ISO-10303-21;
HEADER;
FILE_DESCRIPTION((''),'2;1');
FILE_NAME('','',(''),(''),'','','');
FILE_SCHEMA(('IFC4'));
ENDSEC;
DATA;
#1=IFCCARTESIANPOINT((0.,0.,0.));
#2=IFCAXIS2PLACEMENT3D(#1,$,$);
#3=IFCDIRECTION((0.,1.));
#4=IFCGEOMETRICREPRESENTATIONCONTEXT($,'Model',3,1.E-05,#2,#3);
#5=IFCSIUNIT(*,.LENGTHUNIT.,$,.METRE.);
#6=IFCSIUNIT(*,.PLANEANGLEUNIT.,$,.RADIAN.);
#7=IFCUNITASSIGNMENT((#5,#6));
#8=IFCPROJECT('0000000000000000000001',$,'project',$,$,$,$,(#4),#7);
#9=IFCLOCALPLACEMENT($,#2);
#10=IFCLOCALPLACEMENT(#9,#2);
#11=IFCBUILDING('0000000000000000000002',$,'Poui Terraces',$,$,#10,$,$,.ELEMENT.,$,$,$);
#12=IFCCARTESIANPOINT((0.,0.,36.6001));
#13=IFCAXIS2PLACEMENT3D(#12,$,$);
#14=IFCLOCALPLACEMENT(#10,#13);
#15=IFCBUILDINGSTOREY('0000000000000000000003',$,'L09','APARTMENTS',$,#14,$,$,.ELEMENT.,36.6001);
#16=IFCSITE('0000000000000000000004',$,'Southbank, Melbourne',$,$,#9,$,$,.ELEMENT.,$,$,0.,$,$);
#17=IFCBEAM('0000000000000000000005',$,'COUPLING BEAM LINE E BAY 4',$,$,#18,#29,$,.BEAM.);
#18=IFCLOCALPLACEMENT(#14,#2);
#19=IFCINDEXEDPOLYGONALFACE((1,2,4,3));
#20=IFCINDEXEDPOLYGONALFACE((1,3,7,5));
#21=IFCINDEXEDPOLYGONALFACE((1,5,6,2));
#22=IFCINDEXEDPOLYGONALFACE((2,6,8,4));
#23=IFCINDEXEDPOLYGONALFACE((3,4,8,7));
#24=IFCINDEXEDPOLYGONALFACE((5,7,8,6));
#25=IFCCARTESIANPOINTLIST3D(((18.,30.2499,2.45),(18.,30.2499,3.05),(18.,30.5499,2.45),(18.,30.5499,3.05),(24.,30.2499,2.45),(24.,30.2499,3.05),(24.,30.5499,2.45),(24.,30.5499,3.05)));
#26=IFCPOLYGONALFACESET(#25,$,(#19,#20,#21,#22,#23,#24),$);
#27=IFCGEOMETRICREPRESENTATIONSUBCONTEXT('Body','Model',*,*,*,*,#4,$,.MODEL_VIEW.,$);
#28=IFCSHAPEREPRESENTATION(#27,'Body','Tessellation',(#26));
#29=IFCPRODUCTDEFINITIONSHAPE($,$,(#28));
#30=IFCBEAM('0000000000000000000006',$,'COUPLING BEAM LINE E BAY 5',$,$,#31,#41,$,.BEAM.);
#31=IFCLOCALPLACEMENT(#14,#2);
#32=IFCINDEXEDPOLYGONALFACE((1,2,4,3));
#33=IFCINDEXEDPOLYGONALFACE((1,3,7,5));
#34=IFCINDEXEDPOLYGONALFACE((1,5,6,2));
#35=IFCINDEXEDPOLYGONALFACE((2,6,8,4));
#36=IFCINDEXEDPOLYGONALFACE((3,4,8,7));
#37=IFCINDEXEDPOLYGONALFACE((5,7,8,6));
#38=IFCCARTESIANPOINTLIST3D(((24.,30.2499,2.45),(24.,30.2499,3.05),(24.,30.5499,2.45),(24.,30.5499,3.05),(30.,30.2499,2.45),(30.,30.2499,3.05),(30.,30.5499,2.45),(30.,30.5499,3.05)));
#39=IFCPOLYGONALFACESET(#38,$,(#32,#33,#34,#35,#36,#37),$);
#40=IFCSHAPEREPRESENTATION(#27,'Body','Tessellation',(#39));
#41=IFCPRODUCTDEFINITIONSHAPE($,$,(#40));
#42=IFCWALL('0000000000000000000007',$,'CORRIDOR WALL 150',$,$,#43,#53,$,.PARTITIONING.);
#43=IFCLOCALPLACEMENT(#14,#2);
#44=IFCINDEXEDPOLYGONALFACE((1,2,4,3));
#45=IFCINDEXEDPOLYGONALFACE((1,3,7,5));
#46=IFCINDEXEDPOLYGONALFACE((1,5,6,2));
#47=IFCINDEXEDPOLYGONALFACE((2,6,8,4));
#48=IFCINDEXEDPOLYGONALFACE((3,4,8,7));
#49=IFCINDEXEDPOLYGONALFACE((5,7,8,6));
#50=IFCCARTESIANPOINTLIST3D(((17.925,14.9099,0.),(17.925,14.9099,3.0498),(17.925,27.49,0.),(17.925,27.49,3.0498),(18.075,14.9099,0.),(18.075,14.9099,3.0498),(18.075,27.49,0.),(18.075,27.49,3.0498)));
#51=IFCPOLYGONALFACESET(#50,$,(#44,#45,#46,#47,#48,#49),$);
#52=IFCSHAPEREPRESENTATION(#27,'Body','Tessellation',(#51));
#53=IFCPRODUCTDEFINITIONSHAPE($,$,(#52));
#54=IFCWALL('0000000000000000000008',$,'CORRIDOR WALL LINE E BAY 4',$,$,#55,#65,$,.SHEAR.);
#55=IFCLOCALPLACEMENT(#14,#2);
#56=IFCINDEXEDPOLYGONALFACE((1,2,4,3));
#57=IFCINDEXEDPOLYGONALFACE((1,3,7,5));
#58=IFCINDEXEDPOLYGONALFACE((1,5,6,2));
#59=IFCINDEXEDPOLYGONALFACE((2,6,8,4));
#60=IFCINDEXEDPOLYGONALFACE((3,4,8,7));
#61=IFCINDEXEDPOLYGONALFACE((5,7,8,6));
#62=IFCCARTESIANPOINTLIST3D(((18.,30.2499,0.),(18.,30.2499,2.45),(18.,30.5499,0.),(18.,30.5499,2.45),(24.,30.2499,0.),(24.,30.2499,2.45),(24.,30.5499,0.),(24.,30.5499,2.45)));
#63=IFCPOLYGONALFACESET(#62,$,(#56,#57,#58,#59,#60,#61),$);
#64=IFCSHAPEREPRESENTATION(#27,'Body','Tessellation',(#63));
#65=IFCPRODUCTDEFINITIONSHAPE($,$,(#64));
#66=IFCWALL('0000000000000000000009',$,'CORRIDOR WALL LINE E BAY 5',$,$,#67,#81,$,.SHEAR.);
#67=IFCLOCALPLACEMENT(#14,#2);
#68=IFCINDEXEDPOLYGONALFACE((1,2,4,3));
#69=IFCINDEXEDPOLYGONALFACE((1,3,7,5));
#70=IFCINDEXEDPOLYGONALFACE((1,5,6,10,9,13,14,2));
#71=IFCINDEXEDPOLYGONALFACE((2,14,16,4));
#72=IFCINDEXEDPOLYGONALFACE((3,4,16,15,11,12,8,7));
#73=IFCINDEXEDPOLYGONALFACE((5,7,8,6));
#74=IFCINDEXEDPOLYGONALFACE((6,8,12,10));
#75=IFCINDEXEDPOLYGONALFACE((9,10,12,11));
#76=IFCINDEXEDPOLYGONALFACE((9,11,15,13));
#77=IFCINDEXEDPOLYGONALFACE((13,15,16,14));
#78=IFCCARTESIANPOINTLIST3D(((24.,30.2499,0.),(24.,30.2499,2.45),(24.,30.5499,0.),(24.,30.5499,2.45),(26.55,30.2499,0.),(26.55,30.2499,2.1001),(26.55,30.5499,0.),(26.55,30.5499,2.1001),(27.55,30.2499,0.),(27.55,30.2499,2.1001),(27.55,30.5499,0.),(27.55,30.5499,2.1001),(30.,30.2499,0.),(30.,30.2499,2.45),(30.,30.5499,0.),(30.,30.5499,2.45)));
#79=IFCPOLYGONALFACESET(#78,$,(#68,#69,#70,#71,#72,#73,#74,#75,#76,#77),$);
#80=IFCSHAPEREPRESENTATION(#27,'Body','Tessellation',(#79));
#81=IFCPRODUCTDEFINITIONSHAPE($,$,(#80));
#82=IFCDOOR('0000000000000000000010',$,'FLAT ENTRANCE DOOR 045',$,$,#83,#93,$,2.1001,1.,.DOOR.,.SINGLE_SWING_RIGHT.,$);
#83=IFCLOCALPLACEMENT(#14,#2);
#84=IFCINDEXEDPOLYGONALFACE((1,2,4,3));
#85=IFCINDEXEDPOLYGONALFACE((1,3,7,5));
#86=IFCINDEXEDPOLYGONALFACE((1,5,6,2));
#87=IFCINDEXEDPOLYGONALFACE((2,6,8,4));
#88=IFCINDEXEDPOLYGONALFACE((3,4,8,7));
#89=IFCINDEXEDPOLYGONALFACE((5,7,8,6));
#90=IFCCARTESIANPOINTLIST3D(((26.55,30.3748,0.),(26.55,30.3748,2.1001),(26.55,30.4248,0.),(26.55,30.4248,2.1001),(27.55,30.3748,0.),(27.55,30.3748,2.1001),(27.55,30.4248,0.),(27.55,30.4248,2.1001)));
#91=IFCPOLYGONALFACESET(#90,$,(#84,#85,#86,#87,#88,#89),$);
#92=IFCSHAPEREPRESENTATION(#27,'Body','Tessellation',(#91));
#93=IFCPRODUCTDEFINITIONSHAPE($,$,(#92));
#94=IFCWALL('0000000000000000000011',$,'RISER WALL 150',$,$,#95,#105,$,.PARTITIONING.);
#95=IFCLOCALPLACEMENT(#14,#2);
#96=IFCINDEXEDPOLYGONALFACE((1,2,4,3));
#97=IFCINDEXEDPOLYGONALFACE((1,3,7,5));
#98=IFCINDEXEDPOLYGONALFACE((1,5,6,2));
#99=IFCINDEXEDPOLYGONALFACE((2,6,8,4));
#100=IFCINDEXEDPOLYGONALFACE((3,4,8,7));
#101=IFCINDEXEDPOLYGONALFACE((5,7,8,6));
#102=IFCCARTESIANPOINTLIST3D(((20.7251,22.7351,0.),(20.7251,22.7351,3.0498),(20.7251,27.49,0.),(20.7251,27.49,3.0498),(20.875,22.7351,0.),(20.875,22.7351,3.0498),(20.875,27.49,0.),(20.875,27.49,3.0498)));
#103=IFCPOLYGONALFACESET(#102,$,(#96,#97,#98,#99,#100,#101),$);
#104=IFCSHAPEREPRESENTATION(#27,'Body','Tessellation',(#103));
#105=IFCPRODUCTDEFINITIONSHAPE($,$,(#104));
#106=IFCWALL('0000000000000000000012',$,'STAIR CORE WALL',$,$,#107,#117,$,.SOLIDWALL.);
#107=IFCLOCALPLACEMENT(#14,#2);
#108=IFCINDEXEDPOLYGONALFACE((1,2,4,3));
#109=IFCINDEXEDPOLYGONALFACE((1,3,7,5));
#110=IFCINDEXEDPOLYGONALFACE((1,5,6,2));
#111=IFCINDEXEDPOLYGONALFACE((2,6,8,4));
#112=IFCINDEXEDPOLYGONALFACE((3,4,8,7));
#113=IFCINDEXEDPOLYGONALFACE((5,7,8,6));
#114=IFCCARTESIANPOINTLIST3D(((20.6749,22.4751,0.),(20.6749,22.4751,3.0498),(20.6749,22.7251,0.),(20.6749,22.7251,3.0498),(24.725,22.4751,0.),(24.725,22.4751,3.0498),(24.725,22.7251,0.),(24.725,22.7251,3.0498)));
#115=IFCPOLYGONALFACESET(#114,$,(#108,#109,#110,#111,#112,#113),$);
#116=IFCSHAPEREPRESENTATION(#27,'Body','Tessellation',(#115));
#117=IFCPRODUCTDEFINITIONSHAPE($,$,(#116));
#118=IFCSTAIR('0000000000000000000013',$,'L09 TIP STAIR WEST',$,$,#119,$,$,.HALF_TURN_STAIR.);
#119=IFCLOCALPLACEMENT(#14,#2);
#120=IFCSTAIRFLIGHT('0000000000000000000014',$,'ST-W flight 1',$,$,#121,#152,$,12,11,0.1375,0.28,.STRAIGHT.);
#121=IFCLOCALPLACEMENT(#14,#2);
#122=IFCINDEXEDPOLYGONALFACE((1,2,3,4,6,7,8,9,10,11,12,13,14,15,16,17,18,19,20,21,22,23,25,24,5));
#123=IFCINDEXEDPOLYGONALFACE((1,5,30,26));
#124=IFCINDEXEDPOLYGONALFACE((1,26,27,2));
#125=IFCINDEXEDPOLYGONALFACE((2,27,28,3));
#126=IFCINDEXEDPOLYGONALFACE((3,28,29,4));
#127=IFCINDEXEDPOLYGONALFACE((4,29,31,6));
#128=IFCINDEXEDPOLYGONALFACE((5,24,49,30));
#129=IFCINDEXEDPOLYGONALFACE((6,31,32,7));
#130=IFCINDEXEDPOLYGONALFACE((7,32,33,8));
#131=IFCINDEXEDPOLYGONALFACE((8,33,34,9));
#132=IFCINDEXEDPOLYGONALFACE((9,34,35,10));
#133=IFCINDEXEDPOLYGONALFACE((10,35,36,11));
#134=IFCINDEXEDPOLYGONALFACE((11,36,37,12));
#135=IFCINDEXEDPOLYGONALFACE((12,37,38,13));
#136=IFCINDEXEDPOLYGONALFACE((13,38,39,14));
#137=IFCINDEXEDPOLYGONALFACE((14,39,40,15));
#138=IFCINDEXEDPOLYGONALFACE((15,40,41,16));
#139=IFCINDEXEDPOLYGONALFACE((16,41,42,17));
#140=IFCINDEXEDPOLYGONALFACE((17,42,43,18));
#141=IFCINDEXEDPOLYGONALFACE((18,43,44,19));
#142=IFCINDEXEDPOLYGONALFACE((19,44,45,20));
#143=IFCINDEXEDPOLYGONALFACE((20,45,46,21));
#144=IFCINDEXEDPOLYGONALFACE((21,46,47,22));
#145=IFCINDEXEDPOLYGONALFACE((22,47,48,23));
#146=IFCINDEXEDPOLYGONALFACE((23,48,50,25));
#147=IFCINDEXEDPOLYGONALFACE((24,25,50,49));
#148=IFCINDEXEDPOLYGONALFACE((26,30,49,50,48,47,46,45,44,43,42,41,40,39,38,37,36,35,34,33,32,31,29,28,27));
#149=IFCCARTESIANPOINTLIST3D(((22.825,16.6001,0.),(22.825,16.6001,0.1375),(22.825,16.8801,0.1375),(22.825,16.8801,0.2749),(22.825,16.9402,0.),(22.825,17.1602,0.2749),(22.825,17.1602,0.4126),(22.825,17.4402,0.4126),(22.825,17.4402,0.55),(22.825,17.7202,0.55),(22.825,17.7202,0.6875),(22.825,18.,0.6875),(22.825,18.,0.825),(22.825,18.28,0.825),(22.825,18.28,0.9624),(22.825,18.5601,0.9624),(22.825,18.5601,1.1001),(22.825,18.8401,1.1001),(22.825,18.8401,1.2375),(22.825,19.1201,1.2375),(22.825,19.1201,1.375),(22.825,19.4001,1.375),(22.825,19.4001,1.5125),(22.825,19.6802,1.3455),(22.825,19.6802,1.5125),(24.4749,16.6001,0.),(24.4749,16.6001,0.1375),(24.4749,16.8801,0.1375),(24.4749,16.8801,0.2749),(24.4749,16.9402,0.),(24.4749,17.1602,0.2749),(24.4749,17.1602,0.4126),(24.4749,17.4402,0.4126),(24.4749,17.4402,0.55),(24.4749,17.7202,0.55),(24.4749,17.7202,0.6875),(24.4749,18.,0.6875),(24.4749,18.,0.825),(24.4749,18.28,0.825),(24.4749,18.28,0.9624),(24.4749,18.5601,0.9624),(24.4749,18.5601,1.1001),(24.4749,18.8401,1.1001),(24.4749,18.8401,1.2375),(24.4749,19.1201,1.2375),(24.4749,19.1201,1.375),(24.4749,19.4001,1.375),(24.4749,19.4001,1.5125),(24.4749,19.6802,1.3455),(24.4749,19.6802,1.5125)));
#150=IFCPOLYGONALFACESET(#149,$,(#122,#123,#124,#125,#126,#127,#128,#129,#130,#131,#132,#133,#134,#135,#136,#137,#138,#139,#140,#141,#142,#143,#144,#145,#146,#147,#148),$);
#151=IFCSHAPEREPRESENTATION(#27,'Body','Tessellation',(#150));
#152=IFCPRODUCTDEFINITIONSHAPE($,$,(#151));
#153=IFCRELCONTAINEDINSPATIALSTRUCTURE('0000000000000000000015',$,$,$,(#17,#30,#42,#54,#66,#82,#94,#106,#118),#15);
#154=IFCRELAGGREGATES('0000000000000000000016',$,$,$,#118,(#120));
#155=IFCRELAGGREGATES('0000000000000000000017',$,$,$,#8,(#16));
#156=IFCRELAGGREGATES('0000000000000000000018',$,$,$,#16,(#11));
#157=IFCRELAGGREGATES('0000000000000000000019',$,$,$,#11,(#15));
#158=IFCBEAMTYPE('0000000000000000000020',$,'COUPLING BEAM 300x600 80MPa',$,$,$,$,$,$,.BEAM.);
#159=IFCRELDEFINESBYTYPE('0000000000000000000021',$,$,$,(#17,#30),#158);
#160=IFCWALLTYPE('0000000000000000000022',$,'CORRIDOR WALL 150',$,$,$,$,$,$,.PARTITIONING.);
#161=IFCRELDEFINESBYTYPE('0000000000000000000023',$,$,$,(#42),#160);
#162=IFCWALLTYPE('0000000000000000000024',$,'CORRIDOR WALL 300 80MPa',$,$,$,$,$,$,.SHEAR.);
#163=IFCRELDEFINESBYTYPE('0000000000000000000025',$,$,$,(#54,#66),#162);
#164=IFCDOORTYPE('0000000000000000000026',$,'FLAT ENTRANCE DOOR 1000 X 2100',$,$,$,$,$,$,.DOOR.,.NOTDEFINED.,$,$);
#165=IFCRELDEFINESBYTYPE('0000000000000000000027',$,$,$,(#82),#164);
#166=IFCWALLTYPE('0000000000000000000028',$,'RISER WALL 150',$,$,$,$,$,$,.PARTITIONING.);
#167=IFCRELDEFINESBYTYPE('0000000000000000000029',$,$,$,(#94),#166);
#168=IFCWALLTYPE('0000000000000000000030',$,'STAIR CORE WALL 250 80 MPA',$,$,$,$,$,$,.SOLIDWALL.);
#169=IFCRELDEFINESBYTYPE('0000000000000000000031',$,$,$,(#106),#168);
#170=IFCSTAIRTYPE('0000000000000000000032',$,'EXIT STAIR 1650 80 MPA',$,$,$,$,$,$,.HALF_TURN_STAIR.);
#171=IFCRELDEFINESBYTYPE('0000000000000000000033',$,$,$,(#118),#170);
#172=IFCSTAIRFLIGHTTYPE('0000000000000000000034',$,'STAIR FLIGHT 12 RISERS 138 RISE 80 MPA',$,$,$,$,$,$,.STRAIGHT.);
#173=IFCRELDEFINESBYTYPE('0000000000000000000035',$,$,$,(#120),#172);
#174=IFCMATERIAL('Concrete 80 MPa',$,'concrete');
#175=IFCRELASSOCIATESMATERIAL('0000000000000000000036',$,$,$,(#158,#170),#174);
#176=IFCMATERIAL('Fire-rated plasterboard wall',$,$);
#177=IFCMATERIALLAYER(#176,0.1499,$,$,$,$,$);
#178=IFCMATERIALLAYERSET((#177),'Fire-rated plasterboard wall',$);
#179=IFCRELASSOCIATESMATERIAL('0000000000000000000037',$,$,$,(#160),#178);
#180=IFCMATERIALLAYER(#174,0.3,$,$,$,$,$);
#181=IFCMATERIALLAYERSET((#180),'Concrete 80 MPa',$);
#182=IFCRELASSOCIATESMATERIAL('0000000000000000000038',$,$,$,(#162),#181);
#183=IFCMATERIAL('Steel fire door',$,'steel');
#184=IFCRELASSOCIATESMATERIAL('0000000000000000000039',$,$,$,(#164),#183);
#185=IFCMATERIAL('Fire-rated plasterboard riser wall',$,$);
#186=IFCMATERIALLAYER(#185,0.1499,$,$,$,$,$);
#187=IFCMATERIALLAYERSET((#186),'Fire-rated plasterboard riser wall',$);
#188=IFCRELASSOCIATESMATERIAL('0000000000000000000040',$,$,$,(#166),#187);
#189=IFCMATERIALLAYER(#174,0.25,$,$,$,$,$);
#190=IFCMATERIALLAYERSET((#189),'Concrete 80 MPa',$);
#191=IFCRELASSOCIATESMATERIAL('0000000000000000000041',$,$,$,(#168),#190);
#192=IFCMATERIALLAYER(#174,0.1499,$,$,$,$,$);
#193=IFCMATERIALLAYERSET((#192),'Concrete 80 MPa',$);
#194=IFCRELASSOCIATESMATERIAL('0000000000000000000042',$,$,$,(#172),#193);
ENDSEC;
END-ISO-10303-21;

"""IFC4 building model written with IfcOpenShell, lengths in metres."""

from ifc_helpers import new_model, si_unit, direction, frame, frame_2d, origin, origin_2d, place, context, subcontext, project, spatial, polyline, rectangle, outline, extrude, source, transform, mapped, material, layer, layer_set, material_profile, profile_set, type_object, element, fill, aggregate, save


model = new_model("IFC4")

# Units and contexts
model_context = context("Model", 3, precision=1e-05, world=origin(), true_north=direction((0.0, 1.0)))
body_context = subcontext(model_context, "Body", "Model", "MODEL_VIEW")
ifc_project = project(units=[si_unit("LENGTHUNIT", "METRE"), si_unit("PLANEANGLEUNIT", "RADIAN")], contexts=[model_context])

# Site, building, storey
site_placement = place(None, origin())
site = spatial("IfcSite", under=ifc_project, at=site_placement, Name="Southbank, Melbourne", CompositionType="ELEMENT", RefElevation=0.0)
building_placement = place(site_placement, origin())
building = spatial("IfcBuilding", under=site, at=building_placement, Name="Poui Terraces", CompositionType="ELEMENT")
storey_placement = place(building_placement, frame((0.0, 0.0, 36.6001)))
storey = spatial("IfcBuildingStorey", under=building, at=storey_placement, Name="L09", Description="APARTMENTS", CompositionType="ELEMENT", Elevation=36.6001)

# Beams
ifc_material_1 = material(Name="Concrete 80 MPa", Category="concrete")
ifc_material_profile = material_profile(ifc_material_1, rectangle(XDim=0.3, YDim=0.6001, at=origin_2d()), Name="RC 300x600")
ifc_profile_set = profile_set([ifc_material_profile], Name="Concrete 80 MPa")
beam_type = type_object("IfcBeamType", Name="COUPLING BEAM 300x600 80MPa", PredefinedType="BEAM", material=ifc_profile_set)
shared_shape = source(origin(), body_context, "Body", "SweptSolid", [
    extrude(rectangle(XDim=0.3, YDim=0.6001, at=origin_2d()), origin(), (0.0, 0.0, 1.0), 6.0),
])
for number, where, z_axis, x_axis, name in (
    (1, (18.0, 30.3999, 2.75), (1.0, 0.0, 0.0), (0.0, 1.0, 0.0), "COUPLING BEAM LINE E BAY 4"),
    (2, (24.0, 30.3999, 2.75), (1.0, 0.0, 0.0), (0.0, 1.0, 0.0), "COUPLING BEAM LINE E BAY 5"),
):
    element("IfcBeam", number, at=place(storey_placement, frame(where, z_axis=z_axis, x_axis=x_axis)), inside=storey, type_object=beam_type, Name=name, PredefinedType="BEAM", context=body_context, shape_type="MappedRepresentation", body=[
        mapped(shared_shape, transform((0.0, 0.0, 0.0))),
    ])

# Walls
ifc_material_2 = material(Name="Fire-rated plasterboard wall")
ifc_layer_1 = layer(ifc_material_2, 0.1499)
ifc_layer_set_1 = layer_set([ifc_layer_1], Name="Fire-rated plasterboard wall")
wall_type_1 = type_object("IfcWallType", Name="CORRIDOR WALL 150", PredefinedType="PARTITIONING", material=ifc_layer_set_1)
wall_1_placement = place(storey_placement, frame((18.0, 14.9099, 0.0), z_axis=(0.0, 0.0, 1.0), x_axis=(0.0, 1.0, 0.0)))
element("IfcWall", 3, at=wall_1_placement, inside=storey, type_object=wall_type_1, Name="CORRIDOR WALL 150", PredefinedType="PARTITIONING", context=body_context, shape_type="SweptSolid", body=[
    extrude(rectangle(XDim=12.5801, YDim=0.1499, at=frame_2d((6.29, 0.0))), origin(), (0.0, 0.0, 1.0), 3.0498),
])
ifc_layer_2 = layer(ifc_material_1, 0.3)
ifc_layer_set_2 = layer_set([ifc_layer_2], Name="Concrete 80 MPa")
wall_type_2 = type_object("IfcWallType", Name="CORRIDOR WALL 300 80MPa", PredefinedType="SHEAR", material=ifc_layer_set_2)
wall_2_placement = place(storey_placement, frame((18.0, 30.3999, 0.0), z_axis=(0.0, 0.0, 1.0), x_axis=(1.0, 0.0, 0.0)))
element("IfcWall", 4, at=wall_2_placement, inside=storey, type_object=wall_type_2, Name="CORRIDOR WALL LINE E BAY 4", PredefinedType="SHEAR", context=body_context, shape_type="SweptSolid", body=[
    extrude(rectangle(XDim=6.0, YDim=0.3, at=frame_2d((3.0, 0.0))), origin(), (0.0, 0.0, 1.0), 2.45),
])

# Wall, opening, door
wall_3_placement = place(storey_placement, frame((24.0, 30.3999, 0.0), z_axis=(0.0, 0.0, 1.0), x_axis=(1.0, 0.0, 0.0)))
wall_3 = element("IfcWall", 5, at=wall_3_placement, inside=storey, type_object=wall_type_2, Name="CORRIDOR WALL LINE E BAY 5", PredefinedType="SHEAR", context=body_context, shape_type="SweptSolid", body=[
    extrude(rectangle(XDim=6.0, YDim=0.3, at=frame_2d((3.0, 0.0))), origin(), (0.0, 0.0, 1.0), 2.45),
])
opening_placement = place(wall_3_placement, frame((2.55, 0.0, 0.0)))
opening = element("IfcOpeningElement", 6, at=opening_placement, cuts=wall_3, PredefinedType="OPENING", context=body_context, shape_type="SweptSolid", body=[
    extrude(rectangle(XDim=1.0, YDim=2.1001, at=frame_2d((0.5, 1.05))), frame((0.0, 0.1602, 0.0), z_axis=(0.0, -1.0, 0.0), x_axis=(1.0, 0.0, 0.0)), (0.0, 0.0, 1.0), 0.3201),
])
ifc_material_3 = material(Name="Steel fire door", Category="steel")
door_type = type_object("IfcDoorType", Name="FLAT ENTRANCE DOOR 1000 X 2100", OperationType="NOTDEFINED", PredefinedType="DOOR", material=ifc_material_3)
door_placement = place(opening_placement, origin())
door = element("IfcDoor", 7, at=door_placement, inside=storey, type_object=door_type, Name="FLAT ENTRANCE DOOR 045", OperationType="SINGLE_SWING_RIGHT", OverallHeight=2.1001, OverallWidth=1.0, PredefinedType="DOOR", context=body_context, shape_type="SweptSolid", body=[
    extrude(rectangle(XDim=1.0, YDim=2.1001, at=frame_2d((0.5, 1.05))), frame((0.0, 0.0249, 0.0), z_axis=(0.0, -1.0, 0.0), x_axis=(1.0, 0.0, 0.0)), (0.0, 0.0, 1.0), 0.05),
])
fill(opening, door)

# Walls
ifc_material_4 = material(Name="Fire-rated plasterboard riser wall")
ifc_layer_3 = layer(ifc_material_4, 0.1499)
ifc_layer_set_3 = layer_set([ifc_layer_3], Name="Fire-rated plasterboard riser wall")
wall_type_3 = type_object("IfcWallType", Name="RISER WALL 150", PredefinedType="PARTITIONING", material=ifc_layer_set_3)
wall_4_placement = place(storey_placement, frame((20.8, 22.7351, 0.0), z_axis=(0.0, 0.0, 1.0), x_axis=(0.0, 1.0, 0.0)))
element("IfcWall", 8, at=wall_4_placement, inside=storey, type_object=wall_type_3, Name="RISER WALL 150", PredefinedType="PARTITIONING", context=body_context, shape_type="SweptSolid", body=[
    extrude(rectangle(XDim=4.7549, YDim=0.1499, at=frame_2d((2.3774, 0.0))), origin(), (0.0, 0.0, 1.0), 3.0498),
])
ifc_layer_4 = layer(ifc_material_1, 0.25)
ifc_layer_set_4 = layer_set([ifc_layer_4], Name="Concrete 80 MPa")
wall_type_4 = type_object("IfcWallType", Name="STAIR CORE WALL 250 80 MPA", PredefinedType="SOLIDWALL", material=ifc_layer_set_4)
wall_5_placement = place(storey_placement, frame((20.675, 22.6001, 0.0), z_axis=(0.0, 0.0, 1.0), x_axis=(1.0, 0.0, 0.0)))
element("IfcWall", 9, at=wall_5_placement, inside=storey, type_object=wall_type_4, Name="STAIR CORE WALL", PredefinedType="SOLIDWALL", context=body_context, shape_type="SweptSolid", body=[
    extrude(rectangle(XDim=4.05, YDim=0.25, at=frame_2d((2.0249, 0.0))), origin(), (0.0, 0.0, 1.0), 3.0498),
])

# Stair, stair flight
stair_type = type_object("IfcStairType", Name="EXIT STAIR 1650 80 MPA", PredefinedType="HALF_TURN_STAIR", material=ifc_material_1)
stair_placement = place(storey_placement, origin())
stair = element("IfcStair", 10, at=stair_placement, inside=storey, type_object=stair_type, Name="L09 TIP STAIR WEST", PredefinedType="HALF_TURN_STAIR")
ifc_layer_5 = layer(ifc_material_1, 0.1499)
ifc_layer_set_5 = layer_set([ifc_layer_5], Name="Concrete 80 MPa")
stair_flight_type = type_object("IfcStairFlightType", Name="STAIR FLIGHT 12 RISERS 138 RISE 80 MPA", PredefinedType="STRAIGHT", material=ifc_layer_set_5)
stair_flight_1_placement = place(storey_placement, frame((23.6499, 16.6001, 0.0), z_axis=(0.0, 0.0, 1.0), x_axis=(0.0, 1.0, 0.0)))
stair_flight_1 = element("IfcStairFlight", 11, at=stair_flight_1_placement, type_object=stair_flight_type, Name="ST-W flight 1", NumberOfRisers=12, NumberOfTreads=11, PredefinedType="STRAIGHT", RiserHeight=0.1375, TreadLength=0.28, context=body_context, shape_type="SweptSolid", body=[
    extrude(outline(polyline([(0.0, 0.0), (0.0, 0.1375), (0.28, 0.1375), (0.28, 0.2749), (0.5601, 0.2749), (0.5601, 0.4126), (0.8401, 0.4126), (0.8401, 0.55), (1.1201, 0.55), (1.1201, 0.6875), (1.3999, 0.6875), (1.3999, 0.825), (1.6799, 0.825), (1.6799, 0.9624), (1.96, 0.9624), (1.96, 1.1001), (2.24, 1.1001), (2.24, 1.2375), (2.52, 1.2375), (2.52, 1.375), (2.8, 1.375), (2.8, 1.5125), (3.0801, 1.5125), (3.0801, 1.6499), (3.0801, 1.3455), (0.3401, 0.0), (0.0, 0.0)])), frame((0.0, 0.825, 0.0), z_axis=(0.0, -1.0, 0.0), x_axis=(1.0, 0.0, 0.0)), (0.0, 0.0, 1.0), 1.6499),
])
aggregate(stair, [stair_flight_1])

save(model, "model.ifc")
